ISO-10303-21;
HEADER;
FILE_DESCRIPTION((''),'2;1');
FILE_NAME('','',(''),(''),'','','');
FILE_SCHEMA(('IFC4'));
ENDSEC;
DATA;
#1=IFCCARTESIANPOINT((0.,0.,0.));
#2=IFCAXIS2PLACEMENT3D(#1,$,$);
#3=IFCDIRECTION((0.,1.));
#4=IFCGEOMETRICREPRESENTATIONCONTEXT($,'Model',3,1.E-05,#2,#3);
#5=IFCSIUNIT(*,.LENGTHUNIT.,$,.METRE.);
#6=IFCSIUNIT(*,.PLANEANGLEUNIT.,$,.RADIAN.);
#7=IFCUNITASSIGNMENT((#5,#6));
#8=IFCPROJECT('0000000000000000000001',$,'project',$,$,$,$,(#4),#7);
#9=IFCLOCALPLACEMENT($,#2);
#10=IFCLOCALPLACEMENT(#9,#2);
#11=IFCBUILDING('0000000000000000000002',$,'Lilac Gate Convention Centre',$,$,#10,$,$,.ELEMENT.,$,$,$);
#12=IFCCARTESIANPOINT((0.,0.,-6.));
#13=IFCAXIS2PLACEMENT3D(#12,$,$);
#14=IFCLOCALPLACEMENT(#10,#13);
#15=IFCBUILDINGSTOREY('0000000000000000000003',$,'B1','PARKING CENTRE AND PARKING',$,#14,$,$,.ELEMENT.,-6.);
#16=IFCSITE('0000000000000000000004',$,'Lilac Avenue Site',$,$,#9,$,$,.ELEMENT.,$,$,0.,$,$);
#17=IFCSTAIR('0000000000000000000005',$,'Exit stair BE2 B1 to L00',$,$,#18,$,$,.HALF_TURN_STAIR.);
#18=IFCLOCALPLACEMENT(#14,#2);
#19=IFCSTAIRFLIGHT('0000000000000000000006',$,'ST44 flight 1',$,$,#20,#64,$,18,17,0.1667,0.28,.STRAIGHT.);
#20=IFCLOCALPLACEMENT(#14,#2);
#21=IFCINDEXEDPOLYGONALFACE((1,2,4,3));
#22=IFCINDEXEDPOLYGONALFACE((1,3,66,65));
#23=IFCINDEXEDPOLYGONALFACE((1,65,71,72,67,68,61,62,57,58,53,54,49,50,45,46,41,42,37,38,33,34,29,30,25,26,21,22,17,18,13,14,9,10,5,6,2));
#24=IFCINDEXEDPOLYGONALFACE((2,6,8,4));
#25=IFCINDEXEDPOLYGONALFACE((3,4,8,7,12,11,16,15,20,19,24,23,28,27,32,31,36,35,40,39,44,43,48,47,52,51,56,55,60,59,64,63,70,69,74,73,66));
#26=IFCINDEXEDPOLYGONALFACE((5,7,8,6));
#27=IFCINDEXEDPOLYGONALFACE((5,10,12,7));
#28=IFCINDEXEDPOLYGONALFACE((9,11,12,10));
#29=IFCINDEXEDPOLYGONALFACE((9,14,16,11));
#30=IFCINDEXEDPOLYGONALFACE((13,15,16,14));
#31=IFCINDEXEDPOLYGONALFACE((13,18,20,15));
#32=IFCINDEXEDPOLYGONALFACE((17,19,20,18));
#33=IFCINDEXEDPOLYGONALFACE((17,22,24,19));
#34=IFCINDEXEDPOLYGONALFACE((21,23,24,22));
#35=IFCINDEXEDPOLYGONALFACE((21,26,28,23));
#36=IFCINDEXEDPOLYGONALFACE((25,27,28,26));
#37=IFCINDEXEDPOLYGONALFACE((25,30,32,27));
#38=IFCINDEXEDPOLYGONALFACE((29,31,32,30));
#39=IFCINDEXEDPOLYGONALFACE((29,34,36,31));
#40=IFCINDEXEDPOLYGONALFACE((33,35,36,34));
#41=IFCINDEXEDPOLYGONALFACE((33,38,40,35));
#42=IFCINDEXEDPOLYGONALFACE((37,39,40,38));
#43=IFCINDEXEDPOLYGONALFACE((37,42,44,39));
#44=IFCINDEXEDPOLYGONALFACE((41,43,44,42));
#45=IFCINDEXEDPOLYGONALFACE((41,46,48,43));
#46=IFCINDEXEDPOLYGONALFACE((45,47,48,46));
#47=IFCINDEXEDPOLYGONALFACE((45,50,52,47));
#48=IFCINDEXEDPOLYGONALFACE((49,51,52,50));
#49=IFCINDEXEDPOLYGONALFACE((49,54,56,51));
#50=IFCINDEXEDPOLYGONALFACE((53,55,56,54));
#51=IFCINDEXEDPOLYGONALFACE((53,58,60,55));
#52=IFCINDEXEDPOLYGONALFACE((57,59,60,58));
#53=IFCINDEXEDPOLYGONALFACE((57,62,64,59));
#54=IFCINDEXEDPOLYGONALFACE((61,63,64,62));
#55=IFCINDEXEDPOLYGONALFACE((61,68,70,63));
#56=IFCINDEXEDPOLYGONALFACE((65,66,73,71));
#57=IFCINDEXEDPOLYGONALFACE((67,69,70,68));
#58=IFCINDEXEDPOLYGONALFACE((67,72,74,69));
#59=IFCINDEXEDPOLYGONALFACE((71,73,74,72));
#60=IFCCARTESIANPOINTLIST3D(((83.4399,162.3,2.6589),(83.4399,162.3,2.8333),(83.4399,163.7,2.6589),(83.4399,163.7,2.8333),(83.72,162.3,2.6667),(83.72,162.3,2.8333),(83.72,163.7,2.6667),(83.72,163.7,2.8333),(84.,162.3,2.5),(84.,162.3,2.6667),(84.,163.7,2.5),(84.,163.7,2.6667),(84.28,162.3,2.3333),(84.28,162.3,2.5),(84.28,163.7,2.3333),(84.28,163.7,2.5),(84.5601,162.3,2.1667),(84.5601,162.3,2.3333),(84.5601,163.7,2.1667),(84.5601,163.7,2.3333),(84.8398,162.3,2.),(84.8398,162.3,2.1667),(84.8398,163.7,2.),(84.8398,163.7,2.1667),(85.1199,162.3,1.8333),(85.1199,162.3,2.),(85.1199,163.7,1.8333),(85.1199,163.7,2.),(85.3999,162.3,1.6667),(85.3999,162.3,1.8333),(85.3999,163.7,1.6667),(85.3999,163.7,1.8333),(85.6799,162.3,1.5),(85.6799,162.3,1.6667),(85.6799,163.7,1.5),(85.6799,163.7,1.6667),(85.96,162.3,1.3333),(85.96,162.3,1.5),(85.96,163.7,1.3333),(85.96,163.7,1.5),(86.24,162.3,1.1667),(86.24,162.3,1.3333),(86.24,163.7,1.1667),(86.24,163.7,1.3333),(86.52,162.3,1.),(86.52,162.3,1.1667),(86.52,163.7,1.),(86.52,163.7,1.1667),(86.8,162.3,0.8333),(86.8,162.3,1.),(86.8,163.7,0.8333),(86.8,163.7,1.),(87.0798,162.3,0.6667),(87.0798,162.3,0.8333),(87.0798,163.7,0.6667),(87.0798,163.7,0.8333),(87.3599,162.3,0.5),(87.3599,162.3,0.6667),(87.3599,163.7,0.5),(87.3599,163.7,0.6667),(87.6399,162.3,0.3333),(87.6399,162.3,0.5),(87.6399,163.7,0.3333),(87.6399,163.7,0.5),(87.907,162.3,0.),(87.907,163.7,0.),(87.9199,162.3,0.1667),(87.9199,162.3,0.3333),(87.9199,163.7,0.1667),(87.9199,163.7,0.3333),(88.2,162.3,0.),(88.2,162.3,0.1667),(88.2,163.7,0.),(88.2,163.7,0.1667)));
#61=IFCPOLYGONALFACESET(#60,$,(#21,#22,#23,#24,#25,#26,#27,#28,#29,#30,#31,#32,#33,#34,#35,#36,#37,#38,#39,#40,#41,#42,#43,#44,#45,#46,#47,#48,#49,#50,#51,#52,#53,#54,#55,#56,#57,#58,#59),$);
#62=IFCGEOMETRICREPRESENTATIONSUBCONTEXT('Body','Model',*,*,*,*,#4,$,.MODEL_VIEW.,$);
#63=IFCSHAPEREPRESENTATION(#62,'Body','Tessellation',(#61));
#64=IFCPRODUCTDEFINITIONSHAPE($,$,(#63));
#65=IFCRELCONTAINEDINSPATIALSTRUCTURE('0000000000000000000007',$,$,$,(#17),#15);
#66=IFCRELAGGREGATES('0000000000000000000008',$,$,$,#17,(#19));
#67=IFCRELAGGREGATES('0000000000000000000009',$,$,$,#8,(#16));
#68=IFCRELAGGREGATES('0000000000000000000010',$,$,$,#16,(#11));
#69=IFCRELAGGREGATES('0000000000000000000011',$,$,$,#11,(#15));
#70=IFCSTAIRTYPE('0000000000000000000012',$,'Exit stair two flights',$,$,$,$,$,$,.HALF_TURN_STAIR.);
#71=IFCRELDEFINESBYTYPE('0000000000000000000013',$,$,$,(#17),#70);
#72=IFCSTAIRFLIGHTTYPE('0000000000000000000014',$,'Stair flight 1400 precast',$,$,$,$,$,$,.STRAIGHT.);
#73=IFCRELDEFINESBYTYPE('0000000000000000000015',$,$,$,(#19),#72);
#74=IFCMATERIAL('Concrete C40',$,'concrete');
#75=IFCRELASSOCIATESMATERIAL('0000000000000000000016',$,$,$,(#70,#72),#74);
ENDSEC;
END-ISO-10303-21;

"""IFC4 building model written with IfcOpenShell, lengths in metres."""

from ifc_helpers import new_model, si_unit, direction, frame, origin, place, context, subcontext, project, spatial, polyline, outline, extrude, material, type_object, element, aggregate, save


model = new_model("IFC4")

# Units and contexts
model_context = context("Model", 3, precision=1e-05, world=origin(), true_north=direction((0.0, 1.0)))
body_context = subcontext(model_context, "Body", "Model", "MODEL_VIEW")
ifc_project = project(units=[si_unit("LENGTHUNIT", "METRE"), si_unit("PLANEANGLEUNIT", "RADIAN")], contexts=[model_context])

# Site, building, storey
site_placement = place(None, origin())
site = spatial("IfcSite", under=ifc_project, at=site_placement, Name="Lilac Avenue Site", CompositionType="ELEMENT", RefElevation=0.0)
building_placement = place(site_placement, origin())
building = spatial("IfcBuilding", under=site, at=building_placement, Name="Lilac Gate Convention Centre", CompositionType="ELEMENT")
storey_placement = place(building_placement, frame((0.0, 0.0, -6.0)))
storey = spatial("IfcBuildingStorey", under=building, at=storey_placement, Name="B1", Description="PARKING CENTRE AND PARKING", CompositionType="ELEMENT", Elevation=-6.0)

# Shared definitions
ifc_material_1 = material(Name="Concrete C40", Category="concrete")

# Stair, stair flight
stair_type = type_object("IfcStairType", Name="Exit stair two flights", PredefinedType="HALF_TURN_STAIR", material=ifc_material_1)
stair_placement = place(storey_placement, origin())
stair = element("IfcStair", 1, at=stair_placement, inside=storey, type_object=stair_type, Name="Exit stair BE2 B1 to L00", PredefinedType="HALF_TURN_STAIR")
stair_flight_type = type_object("IfcStairFlightType", Name="Stair flight 1400 precast", PredefinedType="STRAIGHT", material=ifc_material_1)
stair_flight_placement = place(storey_placement, frame((88.2, 163.0, 0.0), z_axis=(0.0, 0.0, 1.0), x_axis=(-1.0, 0.0, 0.0)))
stair_flight = element("IfcStairFlight", 2, at=stair_flight_placement, type_object=stair_flight_type, Name="ST44 flight 1", NumberOfRisers=18, NumberOfTreads=17, PredefinedType="STRAIGHT", RiserHeight=0.1667, TreadLength=0.28, context=body_context, shape_type="SweptSolid", body=[
    extrude(outline(polyline([(0.0, 0.0), (0.0, 0.1667), (0.28, 0.1667), (0.28, 0.3333), (0.5601, 0.3333), (0.5601, 0.5), (0.8401, 0.5), (0.8401, 0.6667), (1.1201, 0.6667), (1.1201, 0.8333), (1.3999, 0.8333), (1.3999, 1.0), (1.6799, 1.0), (1.6799, 1.1667), (1.96, 1.1667), (1.96, 1.3333), (2.24, 1.3333), (2.24, 1.5), (2.52, 1.5), (2.52, 1.6667), (2.8, 1.6667), (2.8, 1.8333), (3.0801, 1.8333), (3.0801, 2.0), (3.3601, 2.0), (3.3601, 2.1667), (3.6399, 2.1667), (3.6399, 2.3333), (3.9199, 2.3333), (3.9199, 2.5), (4.2, 2.5), (4.2, 2.6667), (4.48, 2.6667), (4.48, 2.8333), (4.76, 2.8333), (4.76, 3.0), (4.76, 2.6589), (0.293, 0.0), (0.0, 0.0)])), frame((0.0, 0.7, 0.0), z_axis=(0.0, -1.0, 0.0), x_axis=(1.0, 0.0, 0.0)), (0.0, 0.0, 1.0), 1.3999),
])
aggregate(stair, [stair_flight])

save(model, "model.ifc")
